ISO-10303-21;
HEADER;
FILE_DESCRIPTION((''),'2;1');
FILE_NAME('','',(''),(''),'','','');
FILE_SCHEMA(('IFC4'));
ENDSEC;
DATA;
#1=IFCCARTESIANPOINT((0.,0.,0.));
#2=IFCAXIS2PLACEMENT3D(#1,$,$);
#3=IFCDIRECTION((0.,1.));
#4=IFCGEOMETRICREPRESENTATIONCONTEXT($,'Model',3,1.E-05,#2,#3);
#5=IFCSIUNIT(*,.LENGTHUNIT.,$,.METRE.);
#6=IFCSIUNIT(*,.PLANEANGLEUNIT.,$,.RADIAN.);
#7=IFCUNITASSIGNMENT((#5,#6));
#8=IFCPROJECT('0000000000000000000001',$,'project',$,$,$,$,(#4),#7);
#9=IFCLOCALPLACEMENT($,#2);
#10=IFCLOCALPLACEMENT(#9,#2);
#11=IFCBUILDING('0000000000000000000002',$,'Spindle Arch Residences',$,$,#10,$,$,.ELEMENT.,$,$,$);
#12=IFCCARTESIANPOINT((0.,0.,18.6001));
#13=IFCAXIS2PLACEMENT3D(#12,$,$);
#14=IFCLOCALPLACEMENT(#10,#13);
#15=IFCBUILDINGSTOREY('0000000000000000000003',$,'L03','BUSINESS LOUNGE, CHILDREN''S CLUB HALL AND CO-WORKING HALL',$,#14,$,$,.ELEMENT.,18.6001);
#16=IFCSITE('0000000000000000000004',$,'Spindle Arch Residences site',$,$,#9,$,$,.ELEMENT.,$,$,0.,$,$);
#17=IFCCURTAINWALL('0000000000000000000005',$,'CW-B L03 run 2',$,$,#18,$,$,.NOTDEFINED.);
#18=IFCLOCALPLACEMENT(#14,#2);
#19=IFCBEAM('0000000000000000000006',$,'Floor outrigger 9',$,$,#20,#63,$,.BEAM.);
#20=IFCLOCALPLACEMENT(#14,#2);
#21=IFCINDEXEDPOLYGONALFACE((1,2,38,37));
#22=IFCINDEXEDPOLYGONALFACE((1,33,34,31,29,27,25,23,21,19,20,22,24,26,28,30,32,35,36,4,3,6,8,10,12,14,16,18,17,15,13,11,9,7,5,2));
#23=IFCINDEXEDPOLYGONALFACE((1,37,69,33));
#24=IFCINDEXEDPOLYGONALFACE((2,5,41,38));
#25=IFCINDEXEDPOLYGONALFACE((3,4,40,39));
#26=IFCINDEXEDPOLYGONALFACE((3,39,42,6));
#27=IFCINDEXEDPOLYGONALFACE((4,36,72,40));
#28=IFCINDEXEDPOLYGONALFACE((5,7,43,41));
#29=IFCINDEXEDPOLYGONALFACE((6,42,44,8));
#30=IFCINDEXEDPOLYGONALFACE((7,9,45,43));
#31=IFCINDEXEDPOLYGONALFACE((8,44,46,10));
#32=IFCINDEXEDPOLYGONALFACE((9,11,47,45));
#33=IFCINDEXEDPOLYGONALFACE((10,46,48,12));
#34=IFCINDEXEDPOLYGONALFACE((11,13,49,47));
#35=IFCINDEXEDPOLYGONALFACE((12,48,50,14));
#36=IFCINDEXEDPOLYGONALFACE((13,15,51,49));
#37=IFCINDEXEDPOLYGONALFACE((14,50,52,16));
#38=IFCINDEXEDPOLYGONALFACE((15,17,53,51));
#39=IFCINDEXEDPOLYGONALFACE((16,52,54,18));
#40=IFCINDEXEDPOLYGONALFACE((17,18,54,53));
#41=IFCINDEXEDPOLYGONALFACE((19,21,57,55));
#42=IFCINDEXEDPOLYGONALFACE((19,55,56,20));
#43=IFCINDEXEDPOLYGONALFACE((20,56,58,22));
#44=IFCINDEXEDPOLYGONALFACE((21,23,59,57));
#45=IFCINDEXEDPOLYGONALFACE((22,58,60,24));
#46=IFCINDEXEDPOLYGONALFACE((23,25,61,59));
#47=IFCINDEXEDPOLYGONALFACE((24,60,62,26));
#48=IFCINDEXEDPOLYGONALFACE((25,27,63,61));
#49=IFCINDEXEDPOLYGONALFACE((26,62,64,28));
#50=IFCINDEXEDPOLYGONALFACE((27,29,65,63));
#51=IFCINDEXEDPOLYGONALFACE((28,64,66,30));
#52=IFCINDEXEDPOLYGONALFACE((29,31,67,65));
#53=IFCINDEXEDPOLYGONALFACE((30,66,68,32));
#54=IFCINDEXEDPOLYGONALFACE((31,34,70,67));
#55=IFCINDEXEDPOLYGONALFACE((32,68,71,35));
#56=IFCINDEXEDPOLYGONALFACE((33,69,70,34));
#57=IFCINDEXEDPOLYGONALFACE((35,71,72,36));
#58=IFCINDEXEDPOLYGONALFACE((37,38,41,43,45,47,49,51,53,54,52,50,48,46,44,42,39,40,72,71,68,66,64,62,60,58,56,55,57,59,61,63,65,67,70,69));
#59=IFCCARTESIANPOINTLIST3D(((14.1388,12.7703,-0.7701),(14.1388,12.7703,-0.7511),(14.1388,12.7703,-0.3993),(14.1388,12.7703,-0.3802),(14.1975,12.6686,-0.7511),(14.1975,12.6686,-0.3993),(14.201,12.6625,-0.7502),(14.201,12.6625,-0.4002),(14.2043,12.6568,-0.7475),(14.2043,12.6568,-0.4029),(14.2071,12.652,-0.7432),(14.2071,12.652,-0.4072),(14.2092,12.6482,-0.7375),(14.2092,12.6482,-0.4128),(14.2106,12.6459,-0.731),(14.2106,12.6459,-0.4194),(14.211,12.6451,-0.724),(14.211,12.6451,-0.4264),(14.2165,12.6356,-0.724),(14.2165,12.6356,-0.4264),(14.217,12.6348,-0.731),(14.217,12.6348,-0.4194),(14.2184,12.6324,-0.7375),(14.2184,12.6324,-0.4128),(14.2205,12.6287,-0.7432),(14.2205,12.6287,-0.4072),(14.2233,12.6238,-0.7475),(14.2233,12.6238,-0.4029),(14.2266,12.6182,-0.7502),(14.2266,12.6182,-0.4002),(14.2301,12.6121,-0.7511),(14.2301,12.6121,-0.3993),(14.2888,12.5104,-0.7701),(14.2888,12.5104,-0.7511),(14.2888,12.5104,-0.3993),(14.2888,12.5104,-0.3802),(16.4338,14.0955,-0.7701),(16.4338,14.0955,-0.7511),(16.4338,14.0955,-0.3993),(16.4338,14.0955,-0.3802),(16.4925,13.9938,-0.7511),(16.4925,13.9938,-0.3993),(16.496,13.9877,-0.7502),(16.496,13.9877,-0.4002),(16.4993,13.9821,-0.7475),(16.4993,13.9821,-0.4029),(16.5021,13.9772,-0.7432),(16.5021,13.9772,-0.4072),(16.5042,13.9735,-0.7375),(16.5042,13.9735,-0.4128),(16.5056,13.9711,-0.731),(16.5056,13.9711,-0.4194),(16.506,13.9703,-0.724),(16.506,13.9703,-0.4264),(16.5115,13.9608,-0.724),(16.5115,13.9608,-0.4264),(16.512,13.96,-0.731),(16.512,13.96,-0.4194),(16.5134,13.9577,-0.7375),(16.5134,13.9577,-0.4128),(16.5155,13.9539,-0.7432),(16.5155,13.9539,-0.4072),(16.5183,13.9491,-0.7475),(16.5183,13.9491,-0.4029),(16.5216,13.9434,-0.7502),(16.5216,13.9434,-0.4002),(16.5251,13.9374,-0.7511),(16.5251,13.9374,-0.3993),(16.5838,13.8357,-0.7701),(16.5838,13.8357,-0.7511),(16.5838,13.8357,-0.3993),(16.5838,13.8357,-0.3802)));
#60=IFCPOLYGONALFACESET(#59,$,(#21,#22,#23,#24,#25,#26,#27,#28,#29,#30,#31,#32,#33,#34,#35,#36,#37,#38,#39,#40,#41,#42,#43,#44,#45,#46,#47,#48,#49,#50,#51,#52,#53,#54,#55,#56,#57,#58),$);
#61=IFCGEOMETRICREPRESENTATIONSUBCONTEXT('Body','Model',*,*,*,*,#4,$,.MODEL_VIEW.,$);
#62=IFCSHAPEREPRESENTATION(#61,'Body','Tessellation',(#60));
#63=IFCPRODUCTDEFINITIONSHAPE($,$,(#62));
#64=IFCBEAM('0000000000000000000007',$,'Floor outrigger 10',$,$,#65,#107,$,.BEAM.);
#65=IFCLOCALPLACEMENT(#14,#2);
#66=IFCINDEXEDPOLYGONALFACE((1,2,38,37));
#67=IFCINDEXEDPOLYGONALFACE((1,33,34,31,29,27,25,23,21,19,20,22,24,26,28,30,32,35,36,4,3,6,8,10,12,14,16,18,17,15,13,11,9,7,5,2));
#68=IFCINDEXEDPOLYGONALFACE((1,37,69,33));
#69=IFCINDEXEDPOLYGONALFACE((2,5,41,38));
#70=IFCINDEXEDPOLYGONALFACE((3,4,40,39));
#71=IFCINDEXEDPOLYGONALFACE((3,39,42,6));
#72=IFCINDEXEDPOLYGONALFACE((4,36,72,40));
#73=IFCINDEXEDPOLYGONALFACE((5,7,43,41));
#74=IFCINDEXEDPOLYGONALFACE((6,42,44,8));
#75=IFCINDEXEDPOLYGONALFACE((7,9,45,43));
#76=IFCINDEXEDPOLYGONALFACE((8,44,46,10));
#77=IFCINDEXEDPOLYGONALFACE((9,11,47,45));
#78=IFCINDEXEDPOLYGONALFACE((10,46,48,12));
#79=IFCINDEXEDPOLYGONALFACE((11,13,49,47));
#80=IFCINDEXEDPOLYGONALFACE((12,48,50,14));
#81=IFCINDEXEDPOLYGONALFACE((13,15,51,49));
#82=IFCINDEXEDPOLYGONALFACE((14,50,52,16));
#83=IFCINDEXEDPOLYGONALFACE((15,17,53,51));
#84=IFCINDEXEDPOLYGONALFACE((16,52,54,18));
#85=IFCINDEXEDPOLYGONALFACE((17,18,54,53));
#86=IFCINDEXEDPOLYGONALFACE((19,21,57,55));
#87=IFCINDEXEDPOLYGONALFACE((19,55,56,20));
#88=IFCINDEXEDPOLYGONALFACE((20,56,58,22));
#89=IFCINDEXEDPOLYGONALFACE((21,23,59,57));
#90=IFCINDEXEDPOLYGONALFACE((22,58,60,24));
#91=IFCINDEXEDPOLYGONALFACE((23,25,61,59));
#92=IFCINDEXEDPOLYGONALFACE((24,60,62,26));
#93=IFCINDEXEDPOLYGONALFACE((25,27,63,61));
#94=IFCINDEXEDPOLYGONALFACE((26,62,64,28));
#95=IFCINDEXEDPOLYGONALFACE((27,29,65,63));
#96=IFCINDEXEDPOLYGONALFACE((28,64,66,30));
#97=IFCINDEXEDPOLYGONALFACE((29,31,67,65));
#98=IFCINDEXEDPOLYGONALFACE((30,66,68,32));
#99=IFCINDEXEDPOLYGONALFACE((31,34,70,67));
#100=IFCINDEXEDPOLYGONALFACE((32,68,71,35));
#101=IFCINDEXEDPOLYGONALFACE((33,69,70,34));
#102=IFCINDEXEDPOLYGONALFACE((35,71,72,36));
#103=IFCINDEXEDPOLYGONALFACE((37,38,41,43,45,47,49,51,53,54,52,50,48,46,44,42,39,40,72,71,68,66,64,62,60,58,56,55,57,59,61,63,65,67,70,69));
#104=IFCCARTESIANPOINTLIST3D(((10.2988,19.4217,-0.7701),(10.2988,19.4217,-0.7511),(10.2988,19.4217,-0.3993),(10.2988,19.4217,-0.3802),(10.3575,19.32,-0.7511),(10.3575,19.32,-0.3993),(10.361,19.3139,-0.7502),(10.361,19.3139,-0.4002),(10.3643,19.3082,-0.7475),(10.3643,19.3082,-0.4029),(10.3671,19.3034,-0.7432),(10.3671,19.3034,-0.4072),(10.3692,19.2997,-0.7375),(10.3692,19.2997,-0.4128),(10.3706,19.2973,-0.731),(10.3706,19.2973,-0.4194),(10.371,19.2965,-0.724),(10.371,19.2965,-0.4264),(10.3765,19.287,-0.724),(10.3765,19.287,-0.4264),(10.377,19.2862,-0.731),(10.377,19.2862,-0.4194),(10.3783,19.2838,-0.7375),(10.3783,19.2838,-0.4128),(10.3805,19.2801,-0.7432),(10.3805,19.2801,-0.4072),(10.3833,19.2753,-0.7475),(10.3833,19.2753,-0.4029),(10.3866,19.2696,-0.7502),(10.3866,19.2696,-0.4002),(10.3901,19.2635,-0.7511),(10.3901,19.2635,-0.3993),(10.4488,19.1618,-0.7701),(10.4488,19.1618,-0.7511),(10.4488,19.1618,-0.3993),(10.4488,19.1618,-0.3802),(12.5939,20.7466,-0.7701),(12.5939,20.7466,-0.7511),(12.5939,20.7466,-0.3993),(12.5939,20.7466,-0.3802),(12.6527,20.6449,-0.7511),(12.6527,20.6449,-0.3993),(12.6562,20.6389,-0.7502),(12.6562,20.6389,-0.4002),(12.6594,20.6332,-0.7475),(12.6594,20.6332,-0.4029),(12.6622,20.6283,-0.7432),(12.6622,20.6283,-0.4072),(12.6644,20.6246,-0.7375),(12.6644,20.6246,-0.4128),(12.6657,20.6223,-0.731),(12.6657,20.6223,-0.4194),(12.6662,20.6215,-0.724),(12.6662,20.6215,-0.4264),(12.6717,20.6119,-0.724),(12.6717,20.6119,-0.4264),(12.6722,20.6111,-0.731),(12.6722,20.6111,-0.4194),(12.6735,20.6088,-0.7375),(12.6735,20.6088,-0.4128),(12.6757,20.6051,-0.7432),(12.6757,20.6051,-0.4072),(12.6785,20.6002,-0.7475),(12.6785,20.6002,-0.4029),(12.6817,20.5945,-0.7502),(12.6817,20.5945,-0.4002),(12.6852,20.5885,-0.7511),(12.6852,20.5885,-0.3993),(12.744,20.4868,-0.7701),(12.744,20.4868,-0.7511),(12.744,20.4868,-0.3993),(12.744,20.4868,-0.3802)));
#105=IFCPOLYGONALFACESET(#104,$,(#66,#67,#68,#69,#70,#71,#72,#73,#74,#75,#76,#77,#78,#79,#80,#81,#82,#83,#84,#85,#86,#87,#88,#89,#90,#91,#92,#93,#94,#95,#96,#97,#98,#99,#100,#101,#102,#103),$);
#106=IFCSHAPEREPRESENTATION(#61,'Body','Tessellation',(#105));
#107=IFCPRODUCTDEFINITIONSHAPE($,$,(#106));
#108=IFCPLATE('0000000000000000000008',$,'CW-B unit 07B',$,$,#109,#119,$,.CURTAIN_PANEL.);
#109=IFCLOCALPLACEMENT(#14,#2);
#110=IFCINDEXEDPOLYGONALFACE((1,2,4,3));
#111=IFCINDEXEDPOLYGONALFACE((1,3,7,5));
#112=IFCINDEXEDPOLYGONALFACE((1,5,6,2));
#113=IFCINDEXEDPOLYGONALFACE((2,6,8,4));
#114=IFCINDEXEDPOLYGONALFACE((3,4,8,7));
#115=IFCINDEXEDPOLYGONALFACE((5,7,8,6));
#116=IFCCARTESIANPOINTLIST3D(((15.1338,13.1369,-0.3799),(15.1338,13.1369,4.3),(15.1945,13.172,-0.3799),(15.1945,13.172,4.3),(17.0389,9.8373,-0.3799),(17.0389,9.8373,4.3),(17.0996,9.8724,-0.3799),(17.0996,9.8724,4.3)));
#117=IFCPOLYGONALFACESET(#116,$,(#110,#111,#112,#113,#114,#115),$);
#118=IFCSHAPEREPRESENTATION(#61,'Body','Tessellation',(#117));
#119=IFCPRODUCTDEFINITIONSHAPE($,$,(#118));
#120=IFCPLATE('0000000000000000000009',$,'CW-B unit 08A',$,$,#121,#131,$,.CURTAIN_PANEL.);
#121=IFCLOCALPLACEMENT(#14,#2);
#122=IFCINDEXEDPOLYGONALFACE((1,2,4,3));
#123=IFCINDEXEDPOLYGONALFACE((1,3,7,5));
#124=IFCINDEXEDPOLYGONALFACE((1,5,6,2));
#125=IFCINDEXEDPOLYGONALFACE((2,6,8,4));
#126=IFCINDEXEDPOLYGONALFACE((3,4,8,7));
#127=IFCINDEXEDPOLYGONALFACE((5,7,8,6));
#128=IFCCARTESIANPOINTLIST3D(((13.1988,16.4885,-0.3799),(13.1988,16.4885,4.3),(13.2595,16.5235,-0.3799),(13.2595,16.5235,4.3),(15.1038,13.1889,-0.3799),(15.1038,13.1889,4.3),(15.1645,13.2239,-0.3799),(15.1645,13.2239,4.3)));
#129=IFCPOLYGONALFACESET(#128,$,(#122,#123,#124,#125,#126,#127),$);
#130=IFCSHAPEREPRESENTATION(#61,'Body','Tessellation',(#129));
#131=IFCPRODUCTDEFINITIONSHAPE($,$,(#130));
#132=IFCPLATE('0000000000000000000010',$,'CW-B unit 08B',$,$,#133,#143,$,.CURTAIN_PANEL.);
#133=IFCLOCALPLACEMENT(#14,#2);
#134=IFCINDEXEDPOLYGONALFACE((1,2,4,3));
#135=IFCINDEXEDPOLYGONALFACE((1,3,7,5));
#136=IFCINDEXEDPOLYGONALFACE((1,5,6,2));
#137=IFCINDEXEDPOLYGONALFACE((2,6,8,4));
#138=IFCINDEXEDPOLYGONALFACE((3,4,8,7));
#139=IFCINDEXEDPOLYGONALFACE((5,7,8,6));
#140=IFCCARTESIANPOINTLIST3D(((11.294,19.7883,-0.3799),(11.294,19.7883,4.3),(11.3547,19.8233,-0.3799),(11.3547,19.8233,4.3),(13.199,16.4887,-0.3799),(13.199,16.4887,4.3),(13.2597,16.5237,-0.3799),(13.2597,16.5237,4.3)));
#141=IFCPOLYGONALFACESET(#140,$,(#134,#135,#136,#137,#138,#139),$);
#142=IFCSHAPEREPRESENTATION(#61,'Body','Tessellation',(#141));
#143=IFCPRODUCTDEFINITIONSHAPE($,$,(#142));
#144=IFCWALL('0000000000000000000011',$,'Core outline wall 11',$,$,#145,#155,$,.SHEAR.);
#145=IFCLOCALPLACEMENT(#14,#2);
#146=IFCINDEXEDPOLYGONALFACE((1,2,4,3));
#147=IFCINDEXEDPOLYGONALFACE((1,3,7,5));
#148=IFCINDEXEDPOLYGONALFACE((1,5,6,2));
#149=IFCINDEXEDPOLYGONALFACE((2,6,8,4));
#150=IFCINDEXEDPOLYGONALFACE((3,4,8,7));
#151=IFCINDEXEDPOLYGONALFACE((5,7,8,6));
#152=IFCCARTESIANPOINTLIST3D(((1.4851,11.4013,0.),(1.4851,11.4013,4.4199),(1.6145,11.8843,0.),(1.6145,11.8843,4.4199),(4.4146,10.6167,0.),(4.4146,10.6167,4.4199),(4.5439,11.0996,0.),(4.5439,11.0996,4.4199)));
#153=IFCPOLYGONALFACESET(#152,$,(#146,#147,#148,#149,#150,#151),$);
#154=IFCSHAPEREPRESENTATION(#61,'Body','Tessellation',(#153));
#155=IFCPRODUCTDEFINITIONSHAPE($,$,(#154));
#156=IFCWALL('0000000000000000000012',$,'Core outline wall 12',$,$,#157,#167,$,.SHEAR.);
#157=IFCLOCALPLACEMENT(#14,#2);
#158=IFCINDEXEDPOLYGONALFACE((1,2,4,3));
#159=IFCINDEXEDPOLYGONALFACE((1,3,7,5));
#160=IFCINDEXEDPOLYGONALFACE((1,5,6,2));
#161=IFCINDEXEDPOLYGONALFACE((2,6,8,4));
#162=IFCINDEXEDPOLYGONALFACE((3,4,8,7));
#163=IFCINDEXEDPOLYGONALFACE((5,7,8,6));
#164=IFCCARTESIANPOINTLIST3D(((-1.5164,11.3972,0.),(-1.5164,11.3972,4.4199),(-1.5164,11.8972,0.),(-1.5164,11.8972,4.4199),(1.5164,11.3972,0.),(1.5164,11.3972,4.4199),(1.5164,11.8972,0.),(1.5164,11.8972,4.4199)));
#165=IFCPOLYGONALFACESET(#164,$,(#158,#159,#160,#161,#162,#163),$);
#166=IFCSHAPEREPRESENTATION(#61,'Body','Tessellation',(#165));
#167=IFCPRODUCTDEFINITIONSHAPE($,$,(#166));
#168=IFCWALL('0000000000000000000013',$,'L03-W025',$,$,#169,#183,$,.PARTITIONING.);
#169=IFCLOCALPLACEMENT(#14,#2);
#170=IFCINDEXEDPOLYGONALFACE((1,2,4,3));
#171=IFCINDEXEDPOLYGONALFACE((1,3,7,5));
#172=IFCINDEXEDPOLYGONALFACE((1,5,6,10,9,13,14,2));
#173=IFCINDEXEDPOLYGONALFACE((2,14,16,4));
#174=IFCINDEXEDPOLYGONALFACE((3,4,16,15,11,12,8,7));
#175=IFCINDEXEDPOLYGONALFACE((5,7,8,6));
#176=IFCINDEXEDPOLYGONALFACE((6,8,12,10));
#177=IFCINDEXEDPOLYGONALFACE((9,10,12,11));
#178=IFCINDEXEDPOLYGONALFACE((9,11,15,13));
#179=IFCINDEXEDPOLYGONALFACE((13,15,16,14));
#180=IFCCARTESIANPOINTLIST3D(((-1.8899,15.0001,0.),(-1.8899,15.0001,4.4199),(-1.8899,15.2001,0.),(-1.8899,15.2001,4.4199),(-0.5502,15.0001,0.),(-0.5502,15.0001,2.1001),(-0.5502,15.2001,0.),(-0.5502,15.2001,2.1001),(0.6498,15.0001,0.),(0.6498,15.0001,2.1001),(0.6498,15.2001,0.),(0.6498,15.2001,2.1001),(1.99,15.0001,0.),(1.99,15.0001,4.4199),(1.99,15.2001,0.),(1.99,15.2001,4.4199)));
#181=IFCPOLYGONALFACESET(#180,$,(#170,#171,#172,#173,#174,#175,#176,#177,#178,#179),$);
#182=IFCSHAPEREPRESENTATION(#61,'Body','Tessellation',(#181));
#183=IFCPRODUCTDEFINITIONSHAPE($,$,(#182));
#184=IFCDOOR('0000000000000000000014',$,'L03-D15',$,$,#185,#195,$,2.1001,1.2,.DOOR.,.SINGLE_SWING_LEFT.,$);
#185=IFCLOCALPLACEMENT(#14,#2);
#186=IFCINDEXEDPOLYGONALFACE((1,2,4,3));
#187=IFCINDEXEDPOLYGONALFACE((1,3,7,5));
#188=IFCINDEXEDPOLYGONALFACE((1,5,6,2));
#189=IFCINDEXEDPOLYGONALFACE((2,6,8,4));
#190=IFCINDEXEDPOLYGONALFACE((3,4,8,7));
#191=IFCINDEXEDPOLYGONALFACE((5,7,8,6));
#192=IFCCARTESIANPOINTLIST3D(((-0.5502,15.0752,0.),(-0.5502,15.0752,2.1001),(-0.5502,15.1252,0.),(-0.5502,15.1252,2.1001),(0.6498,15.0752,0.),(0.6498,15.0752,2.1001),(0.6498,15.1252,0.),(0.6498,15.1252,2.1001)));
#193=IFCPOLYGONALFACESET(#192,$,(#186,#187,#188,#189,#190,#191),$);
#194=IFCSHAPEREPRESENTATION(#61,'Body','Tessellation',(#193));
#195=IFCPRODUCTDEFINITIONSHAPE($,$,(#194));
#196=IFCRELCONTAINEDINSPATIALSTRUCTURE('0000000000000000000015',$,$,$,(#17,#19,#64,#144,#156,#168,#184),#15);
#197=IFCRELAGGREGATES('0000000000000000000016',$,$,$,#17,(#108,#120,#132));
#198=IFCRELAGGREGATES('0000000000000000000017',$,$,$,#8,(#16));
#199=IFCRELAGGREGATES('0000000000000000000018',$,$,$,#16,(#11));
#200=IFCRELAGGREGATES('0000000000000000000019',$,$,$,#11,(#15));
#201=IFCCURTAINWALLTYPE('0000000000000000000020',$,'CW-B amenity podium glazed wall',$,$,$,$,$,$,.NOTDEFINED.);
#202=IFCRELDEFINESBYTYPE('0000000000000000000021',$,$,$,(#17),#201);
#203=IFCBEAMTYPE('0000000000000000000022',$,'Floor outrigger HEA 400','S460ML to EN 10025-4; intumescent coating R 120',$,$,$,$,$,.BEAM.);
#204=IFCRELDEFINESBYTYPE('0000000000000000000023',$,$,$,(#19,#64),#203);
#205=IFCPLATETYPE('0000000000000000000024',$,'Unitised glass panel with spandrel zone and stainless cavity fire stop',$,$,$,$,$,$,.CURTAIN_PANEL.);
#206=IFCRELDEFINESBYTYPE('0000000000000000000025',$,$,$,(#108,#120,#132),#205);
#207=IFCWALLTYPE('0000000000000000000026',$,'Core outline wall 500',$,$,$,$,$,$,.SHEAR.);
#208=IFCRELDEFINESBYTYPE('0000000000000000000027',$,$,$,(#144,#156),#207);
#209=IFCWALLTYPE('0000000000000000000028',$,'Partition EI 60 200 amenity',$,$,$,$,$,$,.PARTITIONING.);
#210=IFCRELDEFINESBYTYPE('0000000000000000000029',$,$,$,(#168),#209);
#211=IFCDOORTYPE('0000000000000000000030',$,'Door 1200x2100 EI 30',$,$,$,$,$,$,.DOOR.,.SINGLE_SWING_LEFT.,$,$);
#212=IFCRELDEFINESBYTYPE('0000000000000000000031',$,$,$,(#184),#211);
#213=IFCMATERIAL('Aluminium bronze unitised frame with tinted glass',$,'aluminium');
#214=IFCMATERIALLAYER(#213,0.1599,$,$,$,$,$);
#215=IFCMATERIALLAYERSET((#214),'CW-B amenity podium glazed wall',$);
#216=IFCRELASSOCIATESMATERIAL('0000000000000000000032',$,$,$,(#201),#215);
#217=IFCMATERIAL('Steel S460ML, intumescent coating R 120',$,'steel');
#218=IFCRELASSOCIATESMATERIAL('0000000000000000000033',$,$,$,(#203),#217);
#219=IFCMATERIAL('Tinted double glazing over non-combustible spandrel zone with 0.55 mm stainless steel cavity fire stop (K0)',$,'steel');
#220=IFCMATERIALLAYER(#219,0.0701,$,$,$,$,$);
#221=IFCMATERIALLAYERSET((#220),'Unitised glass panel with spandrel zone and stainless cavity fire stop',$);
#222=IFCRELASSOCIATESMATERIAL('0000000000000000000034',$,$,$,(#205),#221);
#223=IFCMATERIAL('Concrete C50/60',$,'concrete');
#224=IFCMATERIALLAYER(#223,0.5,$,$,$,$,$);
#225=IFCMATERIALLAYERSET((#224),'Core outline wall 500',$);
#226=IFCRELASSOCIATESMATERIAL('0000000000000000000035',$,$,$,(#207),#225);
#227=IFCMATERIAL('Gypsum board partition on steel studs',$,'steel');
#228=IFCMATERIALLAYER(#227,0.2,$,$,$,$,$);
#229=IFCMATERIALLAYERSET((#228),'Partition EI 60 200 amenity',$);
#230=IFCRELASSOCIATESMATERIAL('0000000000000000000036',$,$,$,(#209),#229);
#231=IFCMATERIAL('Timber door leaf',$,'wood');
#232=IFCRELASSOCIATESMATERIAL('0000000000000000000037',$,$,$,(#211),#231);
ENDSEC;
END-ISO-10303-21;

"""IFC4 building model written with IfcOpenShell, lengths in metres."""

from ifc_helpers import new_model, si_unit, direction, frame, frame_2d, origin, origin_2d, place, context, subcontext, project, spatial, rectangle, i_section, extrude, material, layer, layer_set, material_profile, profile_set, type_object, element, fill, aggregate, save


model = new_model("IFC4")

# Units and contexts
model_context = context("Model", 3, precision=1e-05, world=origin(), true_north=direction((0.0, 1.0)))
body_context = subcontext(model_context, "Body", "Model", "MODEL_VIEW")
ifc_project = project(units=[si_unit("LENGTHUNIT", "METRE"), si_unit("PLANEANGLEUNIT", "RADIAN")], contexts=[model_context])

# Site, building, storey
site_placement = place(None, origin())
site = spatial("IfcSite", under=ifc_project, at=site_placement, Name="Spindle Arch Residences site", CompositionType="ELEMENT", RefElevation=0.0)
building_placement = place(site_placement, origin())
building = spatial("IfcBuilding", under=site, at=building_placement, Name="Spindle Arch Residences", CompositionType="ELEMENT")
storey_placement = place(building_placement, frame((0.0, 0.0, 18.6001)))
storey = spatial("IfcBuildingStorey", under=building, at=storey_placement, Name="L03", Description="BUSINESS LOUNGE, CHILDREN'S CLUB HALL AND CO-WORKING HALL", CompositionType="ELEMENT", Elevation=18.6001)

# Curtain wall
ifc_material_1 = material(Name="Aluminium bronze unitised frame with tinted glass", Category="aluminium")
ifc_layer_1 = layer(ifc_material_1, 0.1599)
ifc_layer_set_1 = layer_set([ifc_layer_1], Name="CW-B amenity podium glazed wall")
curtain_wall_type = type_object("IfcCurtainWallType", Name="CW-B amenity podium glazed wall", PredefinedType="NOTDEFINED", material=ifc_layer_set_1)
curtain_wall_placement = place(storey_placement, origin())
curtain_wall = element("IfcCurtainWall", 1, at=curtain_wall_placement, inside=storey, type_object=curtain_wall_type, Name="CW-B L03 run 2", PredefinedType="NOTDEFINED")

# Beams
ifc_material_2 = material(Name="Steel S460ML, intumescent coating R 120", Category="steel")
ifc_material_profile_1 = material_profile(ifc_material_2, i_section(OverallWidth=0.3, OverallDepth=0.3899, WebThickness=0.011, FlangeThickness=0.019, FilletRadius=0.0271, at=origin_2d()), Name="HEA 400")
ifc_profile_set_1 = profile_set([ifc_material_profile_1], Name="Steel S460ML, intumescent coating R 120")
beam_type_1 = type_object("IfcBeamType", Name="Floor outrigger HEA 400", Description="S460ML to EN 10025-4; intumescent coating R 120", PredefinedType="BEAM", material=ifc_profile_set_1)
for number, where, z_axis, x_axis, name in (
    (2, (16.5088, 13.9656, -0.5752), (-0.865989, -0.500063, 0.0), (0.500063, -0.865989, 0.0), "Floor outrigger 9"),
    (3, (12.6689, 20.6167, -0.5752), (-0.866052, -0.499954, 0.0), (0.499954, -0.866052, 0.0), "Floor outrigger 10"),
):
    element("IfcBeam", number, at=place(storey_placement, frame(where, z_axis=z_axis, x_axis=x_axis)), inside=storey, type_object=beam_type_1, Name=name, PredefinedType="BEAM", context=body_context, shape_type="SweptSolid", body=[
        extrude(i_section(OverallWidth=0.3, OverallDepth=0.3899, WebThickness=0.011, FlangeThickness=0.019, FilletRadius=0.0271, at=origin_2d()), origin(), (0.0, 0.0, 1.0), 2.6501),
    ])

# Plates
ifc_material_3 = material(Name="Tinted double glazing over non-combustible spandrel zone with 0.55 mm stainless steel cavity fire stop (K0)", Category="steel")
ifc_layer_2 = layer(ifc_material_3, 0.0701)
ifc_layer_set_2 = layer_set([ifc_layer_2], Name="Unitised glass panel with spandrel zone and stainless cavity fire stop")
plate_type = type_object("IfcPlateType", Name="Unitised glass panel with spandrel zone and stainless cavity fire stop", PredefinedType="CURTAIN_PANEL", material=ifc_layer_set_2)
plate_1_placement = place(storey_placement, frame((16.1167, 11.5046, -0.3799), z_axis=(0.0, 0.0, 1.0), x_axis=(-0.5, 0.866025, 0.0)))
plate_1 = element("IfcPlate", 4, at=plate_1_placement, type_object=plate_type, Name="CW-B unit 07B", PredefinedType="CURTAIN_PANEL", context=body_context, shape_type="SweptSolid", body=[
    extrude(rectangle(XDim=3.8101, YDim=0.0701, at=origin_2d()), origin(), (0.0, 0.0, 1.0), 4.6799),
])
plate_2_placement = place(storey_placement, frame((14.1816, 14.8562, -0.3799), z_axis=(0.0, 0.0, 1.0), x_axis=(-0.5, 0.866025, 0.0)))
plate_2 = element("IfcPlate", 5, at=plate_2_placement, type_object=plate_type, Name="CW-B unit 08A", PredefinedType="CURTAIN_PANEL", context=body_context, shape_type="SweptSolid", body=[
    extrude(rectangle(XDim=3.8101, YDim=0.0701, at=origin_2d()), origin(), (0.0, 0.0, 1.0), 4.6799),
])
plate_3_placement = place(storey_placement, frame((12.2769, 18.156, -0.3799), z_axis=(0.0, 0.0, 1.0), x_axis=(-0.5, 0.866025, 0.0)))
plate_3 = element("IfcPlate", 6, at=plate_3_placement, type_object=plate_type, Name="CW-B unit 08B", PredefinedType="CURTAIN_PANEL", context=body_context, shape_type="SweptSolid", body=[
    extrude(rectangle(XDim=3.8101, YDim=0.0701, at=origin_2d()), origin(), (0.0, 0.0, 1.0), 4.6799),
])
aggregate(curtain_wall, [plate_1, plate_2, plate_3])

# Walls
ifc_material_4 = material(Name="Concrete C50/60", Category="concrete")
ifc_layer_3 = layer(ifc_material_4, 0.5)
ifc_layer_set_3 = layer_set([ifc_layer_3], Name="Core outline wall 500")
wall_type_1 = type_object("IfcWallType", Name="Core outline wall 500", PredefinedType="SHEAR", material=ifc_layer_set_3)
for number, where, z_axis, x_axis, name in (
    (7, (4.4792, 10.8582, 0.0), (0.0, 0.0, 1.0), (-0.965948, 0.258735, 0.0), "Core outline wall 11"),
    (8, (1.5164, 11.6472, 0.0), (0.0, 0.0, 1.0), (-1.0, 0.0, 0.0), "Core outline wall 12"),
):
    element("IfcWall", number, at=place(storey_placement, frame(where, z_axis=z_axis, x_axis=x_axis)), inside=storey, type_object=wall_type_1, Name=name, PredefinedType="SHEAR", context=body_context, shape_type="SweptSolid", body=[
        extrude(rectangle(XDim=3.0327, YDim=0.5, at=frame_2d((1.5164, 0.0))), origin(), (0.0, 0.0, 1.0), 4.4199),
    ])

# Wall, opening, door
ifc_material_5 = material(Name="Gypsum board partition on steel studs", Category="steel")
ifc_layer_4 = layer(ifc_material_5, 0.2)
ifc_layer_set_4 = layer_set([ifc_layer_4], Name="Partition EI 60 200 amenity")
wall_type_2 = type_object("IfcWallType", Name="Partition EI 60 200 amenity", PredefinedType="PARTITIONING", material=ifc_layer_set_4)
wall_1_placement = place(storey_placement, frame((1.99, 15.1001, 0.0), z_axis=(0.0, 0.0, 1.0), x_axis=(-1.0, 0.0, 0.0)))
wall_1 = element("IfcWall", 9, at=wall_1_placement, inside=storey, type_object=wall_type_2, Name="L03-W025", PredefinedType="PARTITIONING", context=body_context, shape_type="SweptSolid", body=[
    extrude(rectangle(XDim=3.8799, YDim=0.2, at=frame_2d((1.9399, 0.0))), origin(), (0.0, 0.0, 1.0), 4.4199),
])
opening_1_placement = place(wall_1_placement, frame((1.3401, 0.0, 0.0)))
opening_1 = element("IfcOpeningElement", 10, at=opening_1_placement, cuts=wall_1, PredefinedType="OPENING", context=body_context, shape_type="SweptSolid", body=[
    extrude(rectangle(XDim=1.2, YDim=2.1001, at=frame_2d((0.6001, 1.05))), frame((0.0, 0.1099, 0.0), z_axis=(0.0, -1.0, 0.0), x_axis=(1.0, 0.0, 0.0)), (0.0, 0.0, 1.0), 0.22),
])
ifc_material_6 = material(Name="Timber door leaf", Category="wood")
door_type_1 = type_object("IfcDoorType", Name="Door 1200x2100 EI 30", OperationType="SINGLE_SWING_LEFT", PredefinedType="DOOR", material=ifc_material_6)
door_1_placement = place(opening_1_placement, origin())
door_1 = element("IfcDoor", 11, at=door_1_placement, inside=storey, type_object=door_type_1, Name="L03-D15", OperationType="SINGLE_SWING_LEFT", OverallHeight=2.1001, OverallWidth=1.2, PredefinedType="DOOR", context=body_context, shape_type="SweptSolid", body=[
    extrude(rectangle(XDim=1.2, YDim=2.1001, at=frame_2d((0.6001, 1.05))), frame((0.0, 0.0249, 0.0), z_axis=(0.0, -1.0, 0.0), x_axis=(1.0, 0.0, 0.0)), (0.0, 0.0, 1.0), 0.05),
])
fill(opening_1, door_1)

save(model, "model.ifc")
